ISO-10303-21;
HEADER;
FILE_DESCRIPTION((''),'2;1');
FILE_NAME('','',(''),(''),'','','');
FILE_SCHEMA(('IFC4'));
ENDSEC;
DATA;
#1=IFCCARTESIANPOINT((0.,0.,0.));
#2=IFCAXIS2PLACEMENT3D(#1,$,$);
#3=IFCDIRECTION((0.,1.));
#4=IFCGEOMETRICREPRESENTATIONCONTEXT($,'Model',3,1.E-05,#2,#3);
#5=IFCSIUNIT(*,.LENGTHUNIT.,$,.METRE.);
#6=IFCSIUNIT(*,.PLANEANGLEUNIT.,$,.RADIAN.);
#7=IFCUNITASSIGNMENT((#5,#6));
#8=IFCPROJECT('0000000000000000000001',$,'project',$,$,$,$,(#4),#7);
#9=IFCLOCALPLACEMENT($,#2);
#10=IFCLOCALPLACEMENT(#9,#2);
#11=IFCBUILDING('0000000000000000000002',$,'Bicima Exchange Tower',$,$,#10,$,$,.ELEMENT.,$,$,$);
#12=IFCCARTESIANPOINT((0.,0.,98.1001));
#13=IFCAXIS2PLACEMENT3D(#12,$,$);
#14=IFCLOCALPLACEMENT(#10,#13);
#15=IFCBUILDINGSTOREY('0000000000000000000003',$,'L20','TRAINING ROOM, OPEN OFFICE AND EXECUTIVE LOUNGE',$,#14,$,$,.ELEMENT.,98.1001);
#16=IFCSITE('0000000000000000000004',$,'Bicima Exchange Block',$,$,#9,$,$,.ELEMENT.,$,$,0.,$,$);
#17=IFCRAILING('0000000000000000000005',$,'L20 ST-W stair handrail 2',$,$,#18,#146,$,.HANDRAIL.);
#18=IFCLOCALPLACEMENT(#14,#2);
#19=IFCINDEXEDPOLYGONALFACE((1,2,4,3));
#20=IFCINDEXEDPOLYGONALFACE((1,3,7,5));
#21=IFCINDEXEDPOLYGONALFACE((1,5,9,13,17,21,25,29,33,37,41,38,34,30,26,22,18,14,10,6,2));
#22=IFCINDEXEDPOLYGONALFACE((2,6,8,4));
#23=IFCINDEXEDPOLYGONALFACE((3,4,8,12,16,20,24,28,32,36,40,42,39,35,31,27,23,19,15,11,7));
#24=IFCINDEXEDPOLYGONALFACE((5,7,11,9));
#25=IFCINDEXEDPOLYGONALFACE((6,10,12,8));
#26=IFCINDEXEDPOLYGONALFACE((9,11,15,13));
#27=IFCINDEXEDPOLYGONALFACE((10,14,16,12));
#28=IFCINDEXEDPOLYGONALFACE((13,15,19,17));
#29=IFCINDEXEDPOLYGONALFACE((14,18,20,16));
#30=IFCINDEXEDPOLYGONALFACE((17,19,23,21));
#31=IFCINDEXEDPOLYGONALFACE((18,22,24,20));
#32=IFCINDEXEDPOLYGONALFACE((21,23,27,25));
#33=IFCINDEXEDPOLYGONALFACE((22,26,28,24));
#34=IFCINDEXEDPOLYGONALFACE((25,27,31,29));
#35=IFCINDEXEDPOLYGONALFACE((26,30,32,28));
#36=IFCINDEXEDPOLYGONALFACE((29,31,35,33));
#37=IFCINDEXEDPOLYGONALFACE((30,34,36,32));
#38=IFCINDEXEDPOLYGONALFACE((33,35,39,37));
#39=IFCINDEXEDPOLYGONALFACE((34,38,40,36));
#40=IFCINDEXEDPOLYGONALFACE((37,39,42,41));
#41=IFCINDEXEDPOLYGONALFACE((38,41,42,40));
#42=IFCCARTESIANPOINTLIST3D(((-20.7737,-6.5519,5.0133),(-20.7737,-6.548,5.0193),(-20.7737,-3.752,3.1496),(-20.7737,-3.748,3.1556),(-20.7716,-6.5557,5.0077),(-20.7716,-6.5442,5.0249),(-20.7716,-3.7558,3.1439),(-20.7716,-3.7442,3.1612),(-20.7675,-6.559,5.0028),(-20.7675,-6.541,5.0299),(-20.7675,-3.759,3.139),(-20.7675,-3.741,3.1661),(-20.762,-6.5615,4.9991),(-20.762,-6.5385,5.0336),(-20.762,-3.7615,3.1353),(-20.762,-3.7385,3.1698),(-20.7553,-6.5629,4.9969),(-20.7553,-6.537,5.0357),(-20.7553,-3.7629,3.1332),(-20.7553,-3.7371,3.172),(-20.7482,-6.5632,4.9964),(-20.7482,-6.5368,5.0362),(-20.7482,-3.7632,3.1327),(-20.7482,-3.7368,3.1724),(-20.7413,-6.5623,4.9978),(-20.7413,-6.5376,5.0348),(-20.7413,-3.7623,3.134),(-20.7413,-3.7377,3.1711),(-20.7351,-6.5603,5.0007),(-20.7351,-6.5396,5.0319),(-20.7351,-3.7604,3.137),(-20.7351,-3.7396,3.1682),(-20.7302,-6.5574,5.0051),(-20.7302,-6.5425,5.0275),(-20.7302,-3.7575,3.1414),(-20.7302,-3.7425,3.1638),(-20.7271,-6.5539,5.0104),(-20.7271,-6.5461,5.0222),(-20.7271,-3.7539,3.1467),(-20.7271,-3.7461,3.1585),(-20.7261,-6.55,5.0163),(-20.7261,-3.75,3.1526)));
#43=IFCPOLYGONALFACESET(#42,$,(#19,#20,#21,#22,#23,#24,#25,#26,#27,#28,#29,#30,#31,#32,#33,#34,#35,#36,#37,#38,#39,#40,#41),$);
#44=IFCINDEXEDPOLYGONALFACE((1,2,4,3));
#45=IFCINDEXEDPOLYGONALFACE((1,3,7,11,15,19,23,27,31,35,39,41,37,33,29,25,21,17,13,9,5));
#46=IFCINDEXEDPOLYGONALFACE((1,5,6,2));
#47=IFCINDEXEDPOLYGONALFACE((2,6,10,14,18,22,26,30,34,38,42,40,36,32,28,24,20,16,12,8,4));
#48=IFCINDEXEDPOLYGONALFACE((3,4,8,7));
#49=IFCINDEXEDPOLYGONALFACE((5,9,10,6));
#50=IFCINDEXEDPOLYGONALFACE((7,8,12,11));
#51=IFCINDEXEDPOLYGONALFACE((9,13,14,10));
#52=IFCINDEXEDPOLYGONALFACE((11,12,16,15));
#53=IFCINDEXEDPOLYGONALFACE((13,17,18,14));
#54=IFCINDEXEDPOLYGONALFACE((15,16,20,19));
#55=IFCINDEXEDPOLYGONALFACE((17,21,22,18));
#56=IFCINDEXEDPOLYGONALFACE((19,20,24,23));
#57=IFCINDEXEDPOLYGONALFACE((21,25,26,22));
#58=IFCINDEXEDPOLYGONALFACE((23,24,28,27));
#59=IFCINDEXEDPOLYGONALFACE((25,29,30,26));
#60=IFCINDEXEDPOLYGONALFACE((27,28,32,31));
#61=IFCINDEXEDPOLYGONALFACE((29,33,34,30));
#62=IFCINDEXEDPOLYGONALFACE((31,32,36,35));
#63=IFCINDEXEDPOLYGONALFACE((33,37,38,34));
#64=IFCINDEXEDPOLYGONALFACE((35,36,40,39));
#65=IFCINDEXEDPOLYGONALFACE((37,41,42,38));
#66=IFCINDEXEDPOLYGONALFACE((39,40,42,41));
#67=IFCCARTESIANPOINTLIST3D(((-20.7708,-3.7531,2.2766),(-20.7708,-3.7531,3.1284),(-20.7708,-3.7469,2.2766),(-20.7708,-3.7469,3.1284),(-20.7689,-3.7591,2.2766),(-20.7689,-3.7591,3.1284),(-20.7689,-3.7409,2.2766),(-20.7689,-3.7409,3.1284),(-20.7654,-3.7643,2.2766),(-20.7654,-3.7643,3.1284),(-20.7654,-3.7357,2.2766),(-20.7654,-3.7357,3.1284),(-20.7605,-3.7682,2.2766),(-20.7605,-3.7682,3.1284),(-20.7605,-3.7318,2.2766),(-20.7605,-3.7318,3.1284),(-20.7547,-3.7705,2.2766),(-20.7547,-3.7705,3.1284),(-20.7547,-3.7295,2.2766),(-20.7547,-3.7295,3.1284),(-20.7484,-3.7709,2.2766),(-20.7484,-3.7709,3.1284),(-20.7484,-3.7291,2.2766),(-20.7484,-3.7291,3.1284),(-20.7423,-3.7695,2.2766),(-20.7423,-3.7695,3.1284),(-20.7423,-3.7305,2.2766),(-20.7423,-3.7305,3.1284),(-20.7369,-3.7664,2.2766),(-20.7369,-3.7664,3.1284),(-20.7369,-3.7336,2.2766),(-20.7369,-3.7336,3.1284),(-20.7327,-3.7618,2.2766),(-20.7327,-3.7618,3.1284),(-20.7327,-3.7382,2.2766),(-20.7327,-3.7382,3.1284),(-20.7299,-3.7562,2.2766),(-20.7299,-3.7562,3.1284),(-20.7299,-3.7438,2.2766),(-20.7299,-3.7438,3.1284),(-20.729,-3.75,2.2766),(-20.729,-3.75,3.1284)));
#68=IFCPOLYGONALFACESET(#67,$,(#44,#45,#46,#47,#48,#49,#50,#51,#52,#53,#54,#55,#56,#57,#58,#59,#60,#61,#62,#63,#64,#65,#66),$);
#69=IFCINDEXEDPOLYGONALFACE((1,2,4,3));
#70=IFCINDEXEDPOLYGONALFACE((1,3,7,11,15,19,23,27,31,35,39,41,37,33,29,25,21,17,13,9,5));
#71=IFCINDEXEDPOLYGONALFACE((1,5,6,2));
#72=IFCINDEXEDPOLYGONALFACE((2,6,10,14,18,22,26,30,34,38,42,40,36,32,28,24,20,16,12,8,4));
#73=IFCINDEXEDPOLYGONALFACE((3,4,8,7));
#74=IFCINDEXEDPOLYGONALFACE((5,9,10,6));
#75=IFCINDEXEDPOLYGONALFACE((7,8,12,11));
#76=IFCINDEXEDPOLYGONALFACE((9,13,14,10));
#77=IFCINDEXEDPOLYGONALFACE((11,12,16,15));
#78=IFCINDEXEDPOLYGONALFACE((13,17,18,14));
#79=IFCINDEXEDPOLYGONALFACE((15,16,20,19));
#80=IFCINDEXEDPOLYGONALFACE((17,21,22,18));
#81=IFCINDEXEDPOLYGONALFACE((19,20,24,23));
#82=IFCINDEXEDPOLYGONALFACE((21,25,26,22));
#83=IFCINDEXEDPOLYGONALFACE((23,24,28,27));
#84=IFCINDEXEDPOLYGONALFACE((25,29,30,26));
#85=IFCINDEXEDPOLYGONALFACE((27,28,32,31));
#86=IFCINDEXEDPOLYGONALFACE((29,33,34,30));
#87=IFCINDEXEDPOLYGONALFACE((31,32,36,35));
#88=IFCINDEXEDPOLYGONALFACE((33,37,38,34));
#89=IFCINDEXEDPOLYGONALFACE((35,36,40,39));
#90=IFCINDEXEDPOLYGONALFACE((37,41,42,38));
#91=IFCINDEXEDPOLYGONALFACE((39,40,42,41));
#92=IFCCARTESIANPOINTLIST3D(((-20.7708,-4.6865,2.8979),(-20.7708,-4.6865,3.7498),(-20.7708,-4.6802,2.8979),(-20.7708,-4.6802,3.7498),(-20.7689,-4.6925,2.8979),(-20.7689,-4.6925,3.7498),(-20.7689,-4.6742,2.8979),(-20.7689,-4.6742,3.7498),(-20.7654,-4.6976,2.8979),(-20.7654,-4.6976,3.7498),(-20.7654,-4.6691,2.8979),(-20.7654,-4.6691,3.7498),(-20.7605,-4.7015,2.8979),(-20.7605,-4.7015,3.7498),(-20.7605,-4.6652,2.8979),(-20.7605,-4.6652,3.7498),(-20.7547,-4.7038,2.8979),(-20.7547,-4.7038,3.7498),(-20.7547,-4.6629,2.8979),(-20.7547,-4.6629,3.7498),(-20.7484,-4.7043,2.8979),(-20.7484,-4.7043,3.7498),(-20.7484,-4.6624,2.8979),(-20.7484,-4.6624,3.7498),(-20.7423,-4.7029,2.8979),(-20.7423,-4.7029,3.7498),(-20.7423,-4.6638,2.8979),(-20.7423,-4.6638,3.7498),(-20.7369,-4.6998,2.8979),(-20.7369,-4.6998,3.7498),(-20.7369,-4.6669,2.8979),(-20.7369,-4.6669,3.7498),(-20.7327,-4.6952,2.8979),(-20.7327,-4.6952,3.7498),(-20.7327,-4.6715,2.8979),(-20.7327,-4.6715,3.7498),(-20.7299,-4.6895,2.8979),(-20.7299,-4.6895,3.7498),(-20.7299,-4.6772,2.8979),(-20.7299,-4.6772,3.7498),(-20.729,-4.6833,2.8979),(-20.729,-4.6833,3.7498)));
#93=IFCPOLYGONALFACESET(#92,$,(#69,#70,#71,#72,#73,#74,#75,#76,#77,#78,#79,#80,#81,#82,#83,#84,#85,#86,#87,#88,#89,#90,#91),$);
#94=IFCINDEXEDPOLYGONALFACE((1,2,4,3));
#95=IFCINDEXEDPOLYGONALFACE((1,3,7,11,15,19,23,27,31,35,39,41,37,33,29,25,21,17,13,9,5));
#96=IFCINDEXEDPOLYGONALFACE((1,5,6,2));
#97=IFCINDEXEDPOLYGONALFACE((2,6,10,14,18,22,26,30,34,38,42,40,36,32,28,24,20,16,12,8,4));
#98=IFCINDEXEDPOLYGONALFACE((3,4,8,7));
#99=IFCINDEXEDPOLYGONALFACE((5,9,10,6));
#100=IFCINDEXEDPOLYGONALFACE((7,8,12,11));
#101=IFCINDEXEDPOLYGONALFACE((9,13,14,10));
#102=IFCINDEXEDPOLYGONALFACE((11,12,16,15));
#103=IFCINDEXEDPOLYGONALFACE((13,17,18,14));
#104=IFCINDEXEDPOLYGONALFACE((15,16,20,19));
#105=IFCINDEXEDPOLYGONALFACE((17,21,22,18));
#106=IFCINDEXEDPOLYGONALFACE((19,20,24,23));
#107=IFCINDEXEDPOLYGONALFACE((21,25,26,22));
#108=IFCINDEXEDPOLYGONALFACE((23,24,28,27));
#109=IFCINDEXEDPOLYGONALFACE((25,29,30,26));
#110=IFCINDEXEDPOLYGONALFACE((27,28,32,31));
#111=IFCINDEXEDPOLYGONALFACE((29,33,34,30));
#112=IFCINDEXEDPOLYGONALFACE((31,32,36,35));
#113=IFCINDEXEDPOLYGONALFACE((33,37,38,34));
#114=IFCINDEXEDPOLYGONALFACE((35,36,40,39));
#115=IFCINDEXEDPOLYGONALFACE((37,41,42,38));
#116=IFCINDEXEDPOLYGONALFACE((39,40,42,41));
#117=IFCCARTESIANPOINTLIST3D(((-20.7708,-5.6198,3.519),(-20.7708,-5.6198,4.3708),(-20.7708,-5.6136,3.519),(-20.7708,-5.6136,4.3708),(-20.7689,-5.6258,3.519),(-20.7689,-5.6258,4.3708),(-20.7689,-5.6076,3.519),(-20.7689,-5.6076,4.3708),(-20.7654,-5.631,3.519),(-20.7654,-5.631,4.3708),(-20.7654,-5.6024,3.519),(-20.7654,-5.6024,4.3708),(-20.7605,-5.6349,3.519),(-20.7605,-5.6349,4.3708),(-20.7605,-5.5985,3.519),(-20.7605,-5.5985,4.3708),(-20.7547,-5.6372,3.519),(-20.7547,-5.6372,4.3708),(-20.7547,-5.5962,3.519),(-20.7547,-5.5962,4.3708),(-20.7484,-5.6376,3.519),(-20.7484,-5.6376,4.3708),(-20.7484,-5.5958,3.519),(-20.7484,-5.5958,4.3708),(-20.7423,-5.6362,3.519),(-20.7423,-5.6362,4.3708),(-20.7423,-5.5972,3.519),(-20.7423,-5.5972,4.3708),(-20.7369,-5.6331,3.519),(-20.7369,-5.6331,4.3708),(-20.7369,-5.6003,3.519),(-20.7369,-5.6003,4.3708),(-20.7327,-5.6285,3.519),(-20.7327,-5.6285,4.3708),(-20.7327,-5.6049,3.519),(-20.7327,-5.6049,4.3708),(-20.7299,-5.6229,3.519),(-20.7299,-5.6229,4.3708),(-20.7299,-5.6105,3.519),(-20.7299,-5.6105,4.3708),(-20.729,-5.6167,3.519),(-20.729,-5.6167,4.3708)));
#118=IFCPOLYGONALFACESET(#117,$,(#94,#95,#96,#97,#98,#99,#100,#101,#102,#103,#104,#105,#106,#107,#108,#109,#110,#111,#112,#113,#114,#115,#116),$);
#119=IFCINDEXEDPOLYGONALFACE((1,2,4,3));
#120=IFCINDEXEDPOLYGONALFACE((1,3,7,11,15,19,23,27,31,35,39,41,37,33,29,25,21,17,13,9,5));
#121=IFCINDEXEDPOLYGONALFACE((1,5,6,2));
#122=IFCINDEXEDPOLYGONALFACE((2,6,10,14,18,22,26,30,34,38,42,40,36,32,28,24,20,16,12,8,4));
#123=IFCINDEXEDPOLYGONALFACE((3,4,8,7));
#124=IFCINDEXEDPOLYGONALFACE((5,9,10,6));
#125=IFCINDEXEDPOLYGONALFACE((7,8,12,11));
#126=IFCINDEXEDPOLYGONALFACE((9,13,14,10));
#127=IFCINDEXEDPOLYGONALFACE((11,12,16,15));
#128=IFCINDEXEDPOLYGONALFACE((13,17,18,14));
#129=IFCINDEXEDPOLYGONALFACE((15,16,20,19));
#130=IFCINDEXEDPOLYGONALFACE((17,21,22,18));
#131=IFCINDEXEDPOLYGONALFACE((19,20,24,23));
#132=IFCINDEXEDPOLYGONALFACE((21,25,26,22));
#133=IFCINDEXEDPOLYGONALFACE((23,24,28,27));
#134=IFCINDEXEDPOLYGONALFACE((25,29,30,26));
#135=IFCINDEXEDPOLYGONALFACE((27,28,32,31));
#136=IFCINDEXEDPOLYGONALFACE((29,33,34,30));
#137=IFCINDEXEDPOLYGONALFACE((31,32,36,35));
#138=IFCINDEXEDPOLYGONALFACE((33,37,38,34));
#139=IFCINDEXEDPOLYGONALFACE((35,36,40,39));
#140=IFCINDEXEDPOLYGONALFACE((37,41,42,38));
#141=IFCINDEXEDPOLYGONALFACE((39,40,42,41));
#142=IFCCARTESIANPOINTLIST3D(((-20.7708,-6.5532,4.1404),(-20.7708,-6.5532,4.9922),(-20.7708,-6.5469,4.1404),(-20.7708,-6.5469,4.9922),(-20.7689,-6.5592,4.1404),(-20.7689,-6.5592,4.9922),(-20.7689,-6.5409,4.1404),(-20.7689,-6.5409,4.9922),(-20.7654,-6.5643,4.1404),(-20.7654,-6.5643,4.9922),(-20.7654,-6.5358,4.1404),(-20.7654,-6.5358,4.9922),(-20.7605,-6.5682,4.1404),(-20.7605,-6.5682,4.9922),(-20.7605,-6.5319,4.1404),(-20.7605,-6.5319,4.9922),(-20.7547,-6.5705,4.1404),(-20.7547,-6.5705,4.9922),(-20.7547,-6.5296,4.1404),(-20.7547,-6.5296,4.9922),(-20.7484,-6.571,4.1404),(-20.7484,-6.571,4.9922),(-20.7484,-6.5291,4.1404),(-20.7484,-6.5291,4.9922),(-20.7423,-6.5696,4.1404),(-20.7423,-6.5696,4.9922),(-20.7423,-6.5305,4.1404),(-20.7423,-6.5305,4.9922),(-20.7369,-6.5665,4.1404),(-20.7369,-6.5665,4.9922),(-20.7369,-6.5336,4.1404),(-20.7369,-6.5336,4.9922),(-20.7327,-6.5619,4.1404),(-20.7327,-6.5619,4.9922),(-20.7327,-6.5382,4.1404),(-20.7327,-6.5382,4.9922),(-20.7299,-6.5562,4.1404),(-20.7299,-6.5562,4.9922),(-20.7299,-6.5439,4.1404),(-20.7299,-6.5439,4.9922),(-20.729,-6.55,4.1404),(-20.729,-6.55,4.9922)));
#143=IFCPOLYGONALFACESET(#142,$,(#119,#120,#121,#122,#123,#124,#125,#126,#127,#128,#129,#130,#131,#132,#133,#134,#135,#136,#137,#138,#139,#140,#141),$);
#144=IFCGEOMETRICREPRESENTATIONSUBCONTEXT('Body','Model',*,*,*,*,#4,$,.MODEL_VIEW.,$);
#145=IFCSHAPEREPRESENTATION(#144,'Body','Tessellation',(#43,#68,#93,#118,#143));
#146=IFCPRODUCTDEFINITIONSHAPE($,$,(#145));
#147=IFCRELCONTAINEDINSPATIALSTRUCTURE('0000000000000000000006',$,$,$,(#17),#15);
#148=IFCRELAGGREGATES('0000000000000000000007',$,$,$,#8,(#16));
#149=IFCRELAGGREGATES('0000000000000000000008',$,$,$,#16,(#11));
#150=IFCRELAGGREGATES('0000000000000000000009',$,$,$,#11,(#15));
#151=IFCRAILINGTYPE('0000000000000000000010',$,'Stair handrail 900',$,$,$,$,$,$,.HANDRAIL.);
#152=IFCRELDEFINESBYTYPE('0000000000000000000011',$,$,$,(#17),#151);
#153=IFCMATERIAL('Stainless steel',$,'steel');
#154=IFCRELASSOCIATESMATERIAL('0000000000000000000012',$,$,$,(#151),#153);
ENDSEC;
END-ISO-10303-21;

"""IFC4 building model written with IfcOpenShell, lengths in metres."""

from ifc_helpers import new_model, si_unit, direction, frame, origin, origin_2d, place, context, subcontext, project, spatial, circle, extrude, material, type_object, element, save


model = new_model("IFC4")

# Units and contexts
model_context = context("Model", 3, precision=1e-05, world=origin(), true_north=direction((0.0, 1.0)))
body_context = subcontext(model_context, "Body", "Model", "MODEL_VIEW")
ifc_project = project(units=[si_unit("LENGTHUNIT", "METRE"), si_unit("PLANEANGLEUNIT", "RADIAN")], contexts=[model_context])

# Site, building, storey
site_placement = place(None, origin())
site = spatial("IfcSite", under=ifc_project, at=site_placement, Name="Bicima Exchange Block", CompositionType="ELEMENT", RefElevation=0.0)
building_placement = place(site_placement, origin())
building = spatial("IfcBuilding", under=site, at=building_placement, Name="Bicima Exchange Tower", CompositionType="ELEMENT")
storey_placement = place(building_placement, frame((0.0, 0.0, 98.1001)))
storey = spatial("IfcBuildingStorey", under=building, at=storey_placement, Name="L20", Description="TRAINING ROOM, OPEN OFFICE AND EXECUTIVE LOUNGE", CompositionType="ELEMENT", Elevation=98.1001)

# Railing
ifc_material_1 = material(Name="Stainless steel", Category="steel")
railing_type = type_object("IfcRailingType", Name="Stair handrail 900", PredefinedType="HANDRAIL", material=ifc_material_1)
for number, where, name in (
    (1, (-20.75, -3.75, 2.2766), "L20 ST-W stair handrail 2"),
):
    element("IfcRailing", number, at=place(storey_placement, frame(where)), inside=storey, type_object=railing_type, Name=name, PredefinedType="HANDRAIL", context=body_context, shape_type="SweptSolid", body=[
        extrude(circle(Radius=0.0239, at=origin_2d()), frame((0.0, 0.0, 0.876), z_axis=(0.0, -0.832452, 0.554097), x_axis=(1.0, 0.0, 0.0)), (0.0, 0.0, 1.0), 3.3635),
        extrude(circle(Radius=0.021, at=origin_2d()), origin(), (0.0, 0.0, 1.0), 0.8518),
        extrude(circle(Radius=0.021, at=origin_2d()), frame((0.0, -0.9333, 0.6213)), (0.0, 0.0, 1.0), 0.8518),
        extrude(circle(Radius=0.021, at=origin_2d()), frame((0.0, -1.8667, 1.2424)), (0.0, 0.0, 1.0), 0.8518),
        extrude(circle(Radius=0.021, at=origin_2d()), frame((0.0, -2.8, 1.8638)), (0.0, 0.0, 1.0), 0.8518),
    ])

save(model, "model.ifc")
